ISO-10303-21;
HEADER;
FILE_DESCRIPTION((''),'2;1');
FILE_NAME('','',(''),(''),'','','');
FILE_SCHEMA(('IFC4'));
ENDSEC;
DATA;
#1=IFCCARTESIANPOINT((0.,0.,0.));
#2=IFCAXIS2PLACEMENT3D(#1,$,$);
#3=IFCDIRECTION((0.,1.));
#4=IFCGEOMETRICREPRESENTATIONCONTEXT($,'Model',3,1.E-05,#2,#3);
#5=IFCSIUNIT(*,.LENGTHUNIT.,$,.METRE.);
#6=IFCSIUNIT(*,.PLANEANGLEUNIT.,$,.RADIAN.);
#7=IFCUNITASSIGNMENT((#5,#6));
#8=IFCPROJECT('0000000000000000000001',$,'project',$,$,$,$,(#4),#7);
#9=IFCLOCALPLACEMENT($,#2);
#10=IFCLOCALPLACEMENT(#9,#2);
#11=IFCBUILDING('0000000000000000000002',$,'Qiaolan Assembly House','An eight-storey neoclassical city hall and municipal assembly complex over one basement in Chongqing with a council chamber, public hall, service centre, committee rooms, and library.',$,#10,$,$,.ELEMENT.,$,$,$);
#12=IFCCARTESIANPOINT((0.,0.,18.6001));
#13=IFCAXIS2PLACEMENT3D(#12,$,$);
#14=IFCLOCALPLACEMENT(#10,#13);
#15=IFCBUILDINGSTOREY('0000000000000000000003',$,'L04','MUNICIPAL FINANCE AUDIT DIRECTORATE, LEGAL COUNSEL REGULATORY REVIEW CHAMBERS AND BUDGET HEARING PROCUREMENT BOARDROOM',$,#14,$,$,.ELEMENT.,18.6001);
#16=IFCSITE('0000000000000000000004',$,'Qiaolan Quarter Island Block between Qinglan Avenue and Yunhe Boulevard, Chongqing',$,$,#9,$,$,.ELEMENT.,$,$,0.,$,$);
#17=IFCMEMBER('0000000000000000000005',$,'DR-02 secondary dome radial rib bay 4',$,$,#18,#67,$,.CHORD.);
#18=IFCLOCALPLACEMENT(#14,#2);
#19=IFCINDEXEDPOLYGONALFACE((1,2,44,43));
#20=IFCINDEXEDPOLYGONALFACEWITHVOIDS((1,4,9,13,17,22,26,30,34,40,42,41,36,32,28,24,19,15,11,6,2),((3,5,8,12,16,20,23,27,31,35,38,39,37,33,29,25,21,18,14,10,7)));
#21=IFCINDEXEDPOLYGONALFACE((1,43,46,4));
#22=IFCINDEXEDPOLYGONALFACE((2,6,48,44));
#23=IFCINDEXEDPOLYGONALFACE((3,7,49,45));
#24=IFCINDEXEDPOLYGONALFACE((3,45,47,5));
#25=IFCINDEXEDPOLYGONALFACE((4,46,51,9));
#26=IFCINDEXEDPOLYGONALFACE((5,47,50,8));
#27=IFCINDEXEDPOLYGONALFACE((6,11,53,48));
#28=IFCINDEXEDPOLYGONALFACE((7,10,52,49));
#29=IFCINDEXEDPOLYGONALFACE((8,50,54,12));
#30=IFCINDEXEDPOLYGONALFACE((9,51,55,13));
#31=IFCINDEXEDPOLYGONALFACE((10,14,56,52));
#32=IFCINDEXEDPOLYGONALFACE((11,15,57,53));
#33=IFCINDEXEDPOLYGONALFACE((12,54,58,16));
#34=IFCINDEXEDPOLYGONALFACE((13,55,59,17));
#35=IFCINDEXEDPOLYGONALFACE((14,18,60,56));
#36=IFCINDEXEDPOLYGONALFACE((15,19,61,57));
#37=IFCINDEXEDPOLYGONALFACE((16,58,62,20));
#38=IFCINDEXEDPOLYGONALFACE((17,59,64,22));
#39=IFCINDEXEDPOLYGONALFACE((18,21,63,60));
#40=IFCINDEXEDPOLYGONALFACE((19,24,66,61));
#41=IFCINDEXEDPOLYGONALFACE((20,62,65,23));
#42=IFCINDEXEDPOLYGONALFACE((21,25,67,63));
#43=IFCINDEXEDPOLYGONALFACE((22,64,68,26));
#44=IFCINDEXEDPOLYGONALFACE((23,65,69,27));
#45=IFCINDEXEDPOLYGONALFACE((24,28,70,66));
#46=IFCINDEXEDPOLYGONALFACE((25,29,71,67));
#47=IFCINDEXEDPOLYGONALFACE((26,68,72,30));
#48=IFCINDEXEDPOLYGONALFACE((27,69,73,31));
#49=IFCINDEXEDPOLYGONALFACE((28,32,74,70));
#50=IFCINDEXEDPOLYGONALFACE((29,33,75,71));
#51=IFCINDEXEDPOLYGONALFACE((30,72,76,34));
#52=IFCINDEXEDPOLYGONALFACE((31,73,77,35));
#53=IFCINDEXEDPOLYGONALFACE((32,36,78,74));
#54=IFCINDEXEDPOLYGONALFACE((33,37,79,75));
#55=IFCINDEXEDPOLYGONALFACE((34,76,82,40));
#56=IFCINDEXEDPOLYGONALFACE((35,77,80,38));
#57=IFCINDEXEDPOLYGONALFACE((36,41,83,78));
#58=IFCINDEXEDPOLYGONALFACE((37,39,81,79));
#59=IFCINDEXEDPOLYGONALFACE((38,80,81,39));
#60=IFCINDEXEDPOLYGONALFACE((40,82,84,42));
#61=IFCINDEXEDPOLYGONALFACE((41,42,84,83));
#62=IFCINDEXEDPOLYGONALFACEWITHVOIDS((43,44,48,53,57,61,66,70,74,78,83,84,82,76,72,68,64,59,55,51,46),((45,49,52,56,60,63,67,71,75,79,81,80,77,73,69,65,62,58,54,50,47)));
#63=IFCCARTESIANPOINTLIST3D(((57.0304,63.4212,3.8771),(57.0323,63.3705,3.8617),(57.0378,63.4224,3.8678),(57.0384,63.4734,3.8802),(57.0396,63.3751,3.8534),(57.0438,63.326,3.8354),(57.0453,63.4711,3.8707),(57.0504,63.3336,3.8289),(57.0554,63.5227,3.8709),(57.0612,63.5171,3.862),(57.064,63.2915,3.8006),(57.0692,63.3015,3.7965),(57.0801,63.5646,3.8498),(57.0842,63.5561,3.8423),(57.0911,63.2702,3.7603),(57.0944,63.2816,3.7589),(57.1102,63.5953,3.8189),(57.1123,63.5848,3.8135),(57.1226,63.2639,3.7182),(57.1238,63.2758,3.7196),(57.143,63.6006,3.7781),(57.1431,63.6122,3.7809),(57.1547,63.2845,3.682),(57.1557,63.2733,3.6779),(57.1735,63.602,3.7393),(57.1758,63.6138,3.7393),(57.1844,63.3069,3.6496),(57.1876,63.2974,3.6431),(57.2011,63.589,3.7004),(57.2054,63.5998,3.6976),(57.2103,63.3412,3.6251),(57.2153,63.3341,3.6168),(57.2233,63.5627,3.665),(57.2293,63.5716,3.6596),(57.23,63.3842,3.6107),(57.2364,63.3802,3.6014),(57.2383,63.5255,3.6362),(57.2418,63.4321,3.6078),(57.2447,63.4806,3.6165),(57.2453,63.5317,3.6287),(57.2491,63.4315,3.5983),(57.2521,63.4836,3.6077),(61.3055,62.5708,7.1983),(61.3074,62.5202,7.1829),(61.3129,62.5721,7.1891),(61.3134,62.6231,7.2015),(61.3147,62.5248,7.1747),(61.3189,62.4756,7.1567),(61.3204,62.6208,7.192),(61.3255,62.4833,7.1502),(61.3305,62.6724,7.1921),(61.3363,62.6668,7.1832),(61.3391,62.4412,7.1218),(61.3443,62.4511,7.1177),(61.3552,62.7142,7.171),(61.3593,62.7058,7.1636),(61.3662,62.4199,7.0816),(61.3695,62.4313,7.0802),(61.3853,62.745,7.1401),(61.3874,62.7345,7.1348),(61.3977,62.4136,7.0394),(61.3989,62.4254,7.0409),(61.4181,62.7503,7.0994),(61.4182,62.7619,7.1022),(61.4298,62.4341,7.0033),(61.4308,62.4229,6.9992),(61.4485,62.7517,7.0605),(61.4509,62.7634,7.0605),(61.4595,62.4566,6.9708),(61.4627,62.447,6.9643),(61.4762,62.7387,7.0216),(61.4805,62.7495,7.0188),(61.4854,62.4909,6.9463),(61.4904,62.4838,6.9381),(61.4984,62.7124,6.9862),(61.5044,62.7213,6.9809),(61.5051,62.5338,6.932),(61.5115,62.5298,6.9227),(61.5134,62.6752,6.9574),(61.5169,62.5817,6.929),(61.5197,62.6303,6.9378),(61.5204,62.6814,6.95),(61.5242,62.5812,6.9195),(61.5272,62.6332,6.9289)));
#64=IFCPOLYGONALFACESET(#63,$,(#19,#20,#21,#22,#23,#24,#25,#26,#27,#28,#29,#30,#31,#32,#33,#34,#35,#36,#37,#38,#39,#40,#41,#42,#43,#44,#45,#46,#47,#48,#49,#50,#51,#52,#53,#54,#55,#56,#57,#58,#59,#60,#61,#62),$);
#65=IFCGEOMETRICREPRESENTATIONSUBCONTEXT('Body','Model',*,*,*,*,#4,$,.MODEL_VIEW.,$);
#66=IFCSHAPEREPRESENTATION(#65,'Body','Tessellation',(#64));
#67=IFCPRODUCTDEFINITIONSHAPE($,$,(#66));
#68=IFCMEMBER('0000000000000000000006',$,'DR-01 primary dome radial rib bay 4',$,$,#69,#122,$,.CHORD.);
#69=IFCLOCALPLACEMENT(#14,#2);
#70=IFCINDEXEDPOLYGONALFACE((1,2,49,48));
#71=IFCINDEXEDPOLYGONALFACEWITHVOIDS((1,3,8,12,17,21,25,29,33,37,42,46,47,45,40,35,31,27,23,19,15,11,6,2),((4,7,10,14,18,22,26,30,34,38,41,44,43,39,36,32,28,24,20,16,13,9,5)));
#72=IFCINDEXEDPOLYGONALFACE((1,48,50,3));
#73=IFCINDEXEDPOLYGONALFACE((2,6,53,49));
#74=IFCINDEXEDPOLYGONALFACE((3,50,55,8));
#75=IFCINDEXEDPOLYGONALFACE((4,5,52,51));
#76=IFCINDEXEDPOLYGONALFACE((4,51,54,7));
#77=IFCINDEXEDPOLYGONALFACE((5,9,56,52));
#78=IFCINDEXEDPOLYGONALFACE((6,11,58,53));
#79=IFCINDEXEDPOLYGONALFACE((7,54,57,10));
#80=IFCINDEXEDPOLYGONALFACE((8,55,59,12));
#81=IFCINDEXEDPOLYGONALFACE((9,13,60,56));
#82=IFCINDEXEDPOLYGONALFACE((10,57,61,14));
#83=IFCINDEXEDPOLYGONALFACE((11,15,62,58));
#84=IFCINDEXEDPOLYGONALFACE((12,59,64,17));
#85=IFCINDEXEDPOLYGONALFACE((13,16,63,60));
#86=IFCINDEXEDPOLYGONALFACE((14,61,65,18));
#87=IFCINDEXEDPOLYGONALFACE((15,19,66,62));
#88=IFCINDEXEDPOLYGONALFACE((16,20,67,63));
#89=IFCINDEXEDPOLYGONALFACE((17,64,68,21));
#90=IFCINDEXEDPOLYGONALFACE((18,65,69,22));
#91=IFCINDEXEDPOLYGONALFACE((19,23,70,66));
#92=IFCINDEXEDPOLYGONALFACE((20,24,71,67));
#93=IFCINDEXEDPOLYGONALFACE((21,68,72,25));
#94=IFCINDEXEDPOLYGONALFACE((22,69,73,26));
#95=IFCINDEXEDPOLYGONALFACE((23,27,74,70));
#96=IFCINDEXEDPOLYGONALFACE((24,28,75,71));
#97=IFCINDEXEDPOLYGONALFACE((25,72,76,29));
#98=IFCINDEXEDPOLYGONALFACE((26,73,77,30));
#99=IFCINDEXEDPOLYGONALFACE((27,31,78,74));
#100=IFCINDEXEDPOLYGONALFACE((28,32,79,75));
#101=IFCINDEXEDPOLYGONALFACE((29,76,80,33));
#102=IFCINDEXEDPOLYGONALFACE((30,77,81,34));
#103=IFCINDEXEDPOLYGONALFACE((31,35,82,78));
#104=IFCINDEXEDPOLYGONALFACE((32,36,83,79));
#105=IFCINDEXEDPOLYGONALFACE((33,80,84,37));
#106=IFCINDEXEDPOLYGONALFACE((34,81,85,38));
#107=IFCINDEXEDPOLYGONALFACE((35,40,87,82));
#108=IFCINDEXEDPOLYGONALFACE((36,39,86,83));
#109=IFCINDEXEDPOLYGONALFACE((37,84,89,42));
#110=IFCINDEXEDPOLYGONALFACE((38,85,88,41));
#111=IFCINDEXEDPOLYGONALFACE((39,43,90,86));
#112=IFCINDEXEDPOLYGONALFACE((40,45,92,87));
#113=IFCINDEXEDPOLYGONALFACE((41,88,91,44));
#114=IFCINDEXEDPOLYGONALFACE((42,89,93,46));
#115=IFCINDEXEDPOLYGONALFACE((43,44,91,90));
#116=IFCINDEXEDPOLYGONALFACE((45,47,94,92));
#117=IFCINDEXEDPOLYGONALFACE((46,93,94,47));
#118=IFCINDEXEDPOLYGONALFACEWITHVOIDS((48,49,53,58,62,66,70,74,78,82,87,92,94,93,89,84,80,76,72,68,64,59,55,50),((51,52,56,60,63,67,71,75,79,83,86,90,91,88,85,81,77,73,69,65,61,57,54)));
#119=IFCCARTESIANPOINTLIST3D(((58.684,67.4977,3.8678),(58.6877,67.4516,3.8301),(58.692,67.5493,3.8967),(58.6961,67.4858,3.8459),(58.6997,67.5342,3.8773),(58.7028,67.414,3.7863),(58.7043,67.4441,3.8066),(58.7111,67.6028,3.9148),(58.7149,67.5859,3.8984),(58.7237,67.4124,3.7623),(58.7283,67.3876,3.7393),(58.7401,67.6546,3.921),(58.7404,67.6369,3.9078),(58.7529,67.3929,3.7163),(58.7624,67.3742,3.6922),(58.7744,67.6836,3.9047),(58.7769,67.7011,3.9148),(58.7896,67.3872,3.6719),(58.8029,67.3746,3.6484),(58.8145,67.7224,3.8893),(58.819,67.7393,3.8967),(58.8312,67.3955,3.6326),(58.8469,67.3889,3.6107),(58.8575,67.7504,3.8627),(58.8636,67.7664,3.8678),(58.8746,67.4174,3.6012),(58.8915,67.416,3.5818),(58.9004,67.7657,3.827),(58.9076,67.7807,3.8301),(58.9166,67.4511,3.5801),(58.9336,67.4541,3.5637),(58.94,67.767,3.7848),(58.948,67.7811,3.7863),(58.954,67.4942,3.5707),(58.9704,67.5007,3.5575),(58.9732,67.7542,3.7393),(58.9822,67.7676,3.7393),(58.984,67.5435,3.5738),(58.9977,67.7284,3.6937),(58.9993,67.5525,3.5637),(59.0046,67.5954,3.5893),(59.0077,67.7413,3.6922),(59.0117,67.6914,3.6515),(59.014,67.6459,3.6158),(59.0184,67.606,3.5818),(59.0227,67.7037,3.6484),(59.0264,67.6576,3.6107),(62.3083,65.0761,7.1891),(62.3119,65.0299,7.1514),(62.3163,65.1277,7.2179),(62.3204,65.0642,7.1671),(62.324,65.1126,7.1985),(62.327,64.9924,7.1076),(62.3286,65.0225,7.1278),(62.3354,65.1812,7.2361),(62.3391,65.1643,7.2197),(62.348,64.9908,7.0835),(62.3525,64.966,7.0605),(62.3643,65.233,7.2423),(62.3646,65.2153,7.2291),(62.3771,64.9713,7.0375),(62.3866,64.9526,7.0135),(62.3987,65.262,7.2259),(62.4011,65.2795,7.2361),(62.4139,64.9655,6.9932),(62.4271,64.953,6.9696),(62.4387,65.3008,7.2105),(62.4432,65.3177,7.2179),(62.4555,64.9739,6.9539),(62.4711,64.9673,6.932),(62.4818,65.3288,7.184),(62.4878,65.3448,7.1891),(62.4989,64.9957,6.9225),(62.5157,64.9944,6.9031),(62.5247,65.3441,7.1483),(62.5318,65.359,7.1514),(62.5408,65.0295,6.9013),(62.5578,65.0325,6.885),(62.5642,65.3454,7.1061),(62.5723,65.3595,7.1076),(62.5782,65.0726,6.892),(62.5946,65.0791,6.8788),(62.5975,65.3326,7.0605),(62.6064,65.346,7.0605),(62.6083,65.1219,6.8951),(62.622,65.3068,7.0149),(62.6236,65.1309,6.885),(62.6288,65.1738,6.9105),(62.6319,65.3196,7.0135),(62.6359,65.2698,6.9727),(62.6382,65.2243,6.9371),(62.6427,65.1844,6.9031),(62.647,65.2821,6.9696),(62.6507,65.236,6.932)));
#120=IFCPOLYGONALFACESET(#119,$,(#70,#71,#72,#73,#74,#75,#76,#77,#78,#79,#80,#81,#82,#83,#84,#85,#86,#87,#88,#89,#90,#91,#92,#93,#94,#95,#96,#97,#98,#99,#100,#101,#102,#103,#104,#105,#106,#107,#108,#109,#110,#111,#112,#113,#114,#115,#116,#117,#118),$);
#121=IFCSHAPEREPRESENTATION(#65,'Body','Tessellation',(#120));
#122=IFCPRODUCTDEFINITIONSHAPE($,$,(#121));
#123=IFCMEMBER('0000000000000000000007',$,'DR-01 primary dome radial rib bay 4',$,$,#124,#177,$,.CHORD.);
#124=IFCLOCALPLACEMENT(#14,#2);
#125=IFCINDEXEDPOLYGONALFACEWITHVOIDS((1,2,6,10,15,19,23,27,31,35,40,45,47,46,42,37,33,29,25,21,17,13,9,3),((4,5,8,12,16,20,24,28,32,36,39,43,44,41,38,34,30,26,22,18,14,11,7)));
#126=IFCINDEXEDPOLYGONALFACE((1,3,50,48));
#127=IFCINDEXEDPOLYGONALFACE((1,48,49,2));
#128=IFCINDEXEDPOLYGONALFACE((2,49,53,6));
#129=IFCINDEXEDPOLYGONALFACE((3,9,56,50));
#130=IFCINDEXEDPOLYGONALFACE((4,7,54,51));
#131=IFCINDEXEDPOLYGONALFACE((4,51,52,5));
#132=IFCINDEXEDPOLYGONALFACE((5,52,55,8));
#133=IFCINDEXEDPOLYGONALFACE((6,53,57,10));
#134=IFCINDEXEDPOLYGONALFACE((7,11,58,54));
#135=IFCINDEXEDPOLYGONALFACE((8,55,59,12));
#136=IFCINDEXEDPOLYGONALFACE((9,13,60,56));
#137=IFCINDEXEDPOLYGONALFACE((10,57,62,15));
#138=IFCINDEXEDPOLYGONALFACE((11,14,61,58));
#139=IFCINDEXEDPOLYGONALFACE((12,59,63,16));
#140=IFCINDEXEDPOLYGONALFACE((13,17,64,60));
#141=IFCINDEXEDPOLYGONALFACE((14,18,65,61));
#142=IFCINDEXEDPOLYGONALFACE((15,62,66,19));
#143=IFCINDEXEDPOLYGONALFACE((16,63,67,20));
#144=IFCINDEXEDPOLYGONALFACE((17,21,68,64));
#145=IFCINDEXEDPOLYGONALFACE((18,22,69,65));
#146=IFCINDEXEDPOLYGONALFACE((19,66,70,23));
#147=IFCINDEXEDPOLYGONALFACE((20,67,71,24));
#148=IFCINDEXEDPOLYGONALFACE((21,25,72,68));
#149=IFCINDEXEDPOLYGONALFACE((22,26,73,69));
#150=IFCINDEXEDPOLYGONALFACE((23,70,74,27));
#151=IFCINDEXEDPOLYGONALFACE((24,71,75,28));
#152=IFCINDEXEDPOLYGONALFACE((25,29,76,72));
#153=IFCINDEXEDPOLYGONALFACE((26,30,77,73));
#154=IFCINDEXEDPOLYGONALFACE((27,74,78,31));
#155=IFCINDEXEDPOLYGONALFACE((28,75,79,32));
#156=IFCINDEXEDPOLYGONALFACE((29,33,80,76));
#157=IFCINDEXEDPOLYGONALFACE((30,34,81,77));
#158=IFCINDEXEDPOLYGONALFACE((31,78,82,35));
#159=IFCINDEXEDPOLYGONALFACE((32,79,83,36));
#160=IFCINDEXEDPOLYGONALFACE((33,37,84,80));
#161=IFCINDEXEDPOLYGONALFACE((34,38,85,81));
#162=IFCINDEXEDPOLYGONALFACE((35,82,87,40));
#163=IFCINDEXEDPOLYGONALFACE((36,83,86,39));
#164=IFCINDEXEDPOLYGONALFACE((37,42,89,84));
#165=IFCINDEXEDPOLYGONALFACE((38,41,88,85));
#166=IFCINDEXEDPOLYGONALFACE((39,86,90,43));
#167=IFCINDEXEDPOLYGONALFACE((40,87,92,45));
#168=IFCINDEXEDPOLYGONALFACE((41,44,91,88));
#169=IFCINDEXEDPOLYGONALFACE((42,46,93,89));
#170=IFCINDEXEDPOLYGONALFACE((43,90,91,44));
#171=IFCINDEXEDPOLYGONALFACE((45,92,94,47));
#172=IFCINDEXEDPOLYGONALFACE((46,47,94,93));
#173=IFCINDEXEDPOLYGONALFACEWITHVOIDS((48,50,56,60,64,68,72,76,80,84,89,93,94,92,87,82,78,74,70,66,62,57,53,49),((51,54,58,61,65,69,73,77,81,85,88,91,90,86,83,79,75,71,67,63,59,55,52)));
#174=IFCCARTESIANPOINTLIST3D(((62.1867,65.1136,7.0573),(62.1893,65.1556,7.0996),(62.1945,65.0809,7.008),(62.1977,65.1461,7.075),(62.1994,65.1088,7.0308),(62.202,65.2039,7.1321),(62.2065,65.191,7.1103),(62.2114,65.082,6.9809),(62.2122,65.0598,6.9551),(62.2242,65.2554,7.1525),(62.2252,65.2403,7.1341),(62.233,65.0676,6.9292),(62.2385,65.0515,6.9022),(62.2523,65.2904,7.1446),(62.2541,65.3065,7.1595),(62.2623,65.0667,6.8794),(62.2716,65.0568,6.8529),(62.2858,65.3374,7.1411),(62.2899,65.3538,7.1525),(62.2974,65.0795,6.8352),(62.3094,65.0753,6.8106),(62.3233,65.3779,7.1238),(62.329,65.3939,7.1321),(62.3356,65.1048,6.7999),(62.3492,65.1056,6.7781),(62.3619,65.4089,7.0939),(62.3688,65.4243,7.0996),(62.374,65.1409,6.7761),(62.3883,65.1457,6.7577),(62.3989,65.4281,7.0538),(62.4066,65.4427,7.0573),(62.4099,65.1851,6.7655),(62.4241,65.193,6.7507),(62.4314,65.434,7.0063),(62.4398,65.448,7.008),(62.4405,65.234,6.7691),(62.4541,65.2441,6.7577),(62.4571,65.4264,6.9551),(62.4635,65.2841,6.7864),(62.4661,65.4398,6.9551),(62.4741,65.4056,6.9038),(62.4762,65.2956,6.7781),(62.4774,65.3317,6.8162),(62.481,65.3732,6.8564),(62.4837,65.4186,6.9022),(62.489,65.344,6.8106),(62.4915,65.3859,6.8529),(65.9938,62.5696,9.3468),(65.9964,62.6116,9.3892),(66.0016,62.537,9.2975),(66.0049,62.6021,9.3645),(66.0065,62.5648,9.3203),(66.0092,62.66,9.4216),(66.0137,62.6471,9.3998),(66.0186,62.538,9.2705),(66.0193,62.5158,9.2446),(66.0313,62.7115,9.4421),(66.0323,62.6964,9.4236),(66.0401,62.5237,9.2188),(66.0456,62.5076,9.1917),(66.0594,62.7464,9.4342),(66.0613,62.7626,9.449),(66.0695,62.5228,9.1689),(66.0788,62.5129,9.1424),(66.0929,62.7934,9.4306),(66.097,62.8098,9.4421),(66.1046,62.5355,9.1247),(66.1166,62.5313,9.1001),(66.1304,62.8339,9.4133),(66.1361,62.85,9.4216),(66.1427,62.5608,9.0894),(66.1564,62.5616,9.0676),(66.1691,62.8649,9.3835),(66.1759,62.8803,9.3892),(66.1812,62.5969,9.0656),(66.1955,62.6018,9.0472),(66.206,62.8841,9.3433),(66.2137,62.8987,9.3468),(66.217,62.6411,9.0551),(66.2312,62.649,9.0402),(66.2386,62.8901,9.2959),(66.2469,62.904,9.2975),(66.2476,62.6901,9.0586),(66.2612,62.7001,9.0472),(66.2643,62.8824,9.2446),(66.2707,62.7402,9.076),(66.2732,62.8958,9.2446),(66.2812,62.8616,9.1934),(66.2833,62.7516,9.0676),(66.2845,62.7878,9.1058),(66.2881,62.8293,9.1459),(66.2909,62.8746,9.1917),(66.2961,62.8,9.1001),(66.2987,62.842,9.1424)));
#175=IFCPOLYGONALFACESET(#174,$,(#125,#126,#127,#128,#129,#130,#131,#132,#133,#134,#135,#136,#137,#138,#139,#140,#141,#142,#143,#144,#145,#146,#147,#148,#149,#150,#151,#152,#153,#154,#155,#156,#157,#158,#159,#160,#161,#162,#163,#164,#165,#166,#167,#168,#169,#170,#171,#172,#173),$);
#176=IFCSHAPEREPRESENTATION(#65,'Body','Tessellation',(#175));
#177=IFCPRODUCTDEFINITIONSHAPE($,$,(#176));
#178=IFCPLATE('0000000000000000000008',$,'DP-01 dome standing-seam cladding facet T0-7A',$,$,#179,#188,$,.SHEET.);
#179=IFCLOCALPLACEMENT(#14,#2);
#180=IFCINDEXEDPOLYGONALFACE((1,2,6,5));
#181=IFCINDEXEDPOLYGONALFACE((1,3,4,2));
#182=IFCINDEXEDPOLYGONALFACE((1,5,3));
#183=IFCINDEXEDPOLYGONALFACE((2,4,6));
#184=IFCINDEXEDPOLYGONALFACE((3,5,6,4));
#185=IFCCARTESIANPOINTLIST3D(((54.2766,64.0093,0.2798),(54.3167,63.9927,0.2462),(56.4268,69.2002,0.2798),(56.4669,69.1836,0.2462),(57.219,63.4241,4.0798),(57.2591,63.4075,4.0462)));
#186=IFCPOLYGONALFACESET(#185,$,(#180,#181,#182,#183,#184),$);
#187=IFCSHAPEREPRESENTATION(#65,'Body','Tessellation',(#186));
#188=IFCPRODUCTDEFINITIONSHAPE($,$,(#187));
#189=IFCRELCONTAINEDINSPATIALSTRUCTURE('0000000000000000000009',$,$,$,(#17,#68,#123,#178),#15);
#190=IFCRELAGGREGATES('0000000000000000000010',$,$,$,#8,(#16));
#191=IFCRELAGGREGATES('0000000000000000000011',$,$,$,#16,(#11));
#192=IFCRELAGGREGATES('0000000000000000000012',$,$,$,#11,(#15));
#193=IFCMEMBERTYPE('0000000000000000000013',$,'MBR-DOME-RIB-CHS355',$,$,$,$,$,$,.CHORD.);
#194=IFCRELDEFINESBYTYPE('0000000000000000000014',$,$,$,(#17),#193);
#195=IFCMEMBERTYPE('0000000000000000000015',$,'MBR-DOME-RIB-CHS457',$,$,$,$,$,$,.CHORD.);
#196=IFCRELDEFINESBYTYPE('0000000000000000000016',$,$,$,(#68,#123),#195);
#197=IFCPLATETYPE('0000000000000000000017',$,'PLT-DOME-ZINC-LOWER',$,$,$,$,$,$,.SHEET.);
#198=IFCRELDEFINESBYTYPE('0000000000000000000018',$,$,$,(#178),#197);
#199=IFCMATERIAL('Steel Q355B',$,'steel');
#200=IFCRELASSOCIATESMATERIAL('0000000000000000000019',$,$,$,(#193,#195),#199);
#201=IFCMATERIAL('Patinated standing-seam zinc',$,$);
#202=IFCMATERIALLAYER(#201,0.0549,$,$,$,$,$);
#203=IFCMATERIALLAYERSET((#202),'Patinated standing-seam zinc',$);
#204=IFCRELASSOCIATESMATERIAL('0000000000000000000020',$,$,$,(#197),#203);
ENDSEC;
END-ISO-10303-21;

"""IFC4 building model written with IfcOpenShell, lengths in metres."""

from ifc_helpers import new_model, si_unit, direction, frame, origin, origin_2d, place, context, subcontext, project, spatial, polyline, hollow_circle, outline, extrude, material, layer, layer_set, material_profile, profile_set, type_object, element, save


model = new_model("IFC4")

# Units and contexts
model_context = context("Model", 3, precision=1e-05, world=origin(), true_north=direction((0.0, 1.0)))
body_context = subcontext(model_context, "Body", "Model", "MODEL_VIEW")
ifc_project = project(units=[si_unit("LENGTHUNIT", "METRE"), si_unit("PLANEANGLEUNIT", "RADIAN")], contexts=[model_context])

# Site, building, storey
site_placement = place(None, origin())
site = spatial("IfcSite", under=ifc_project, at=site_placement, Name="Qiaolan Quarter Island Block between Qinglan Avenue and Yunhe Boulevard, Chongqing", CompositionType="ELEMENT", RefElevation=0.0)
building_placement = place(site_placement, origin())
building = spatial("IfcBuilding", under=site, at=building_placement, Name="Qiaolan Assembly House", Description="An eight-storey neoclassical city hall and municipal assembly complex over one basement in Chongqing with a council chamber, public hall, service centre, committee rooms, and library.", CompositionType="ELEMENT")
storey_placement = place(building_placement, frame((0.0, 0.0, 18.6001)))
storey = spatial("IfcBuildingStorey", under=building, at=storey_placement, Name="L04", Description="MUNICIPAL FINANCE AUDIT DIRECTORATE, LEGAL COUNSEL REGULATORY REVIEW CHAMBERS AND BUDGET HEARING PROCUREMENT BOARDROOM", CompositionType="ELEMENT", Elevation=18.6001)

# Shared definitions
ifc_material_1 = material(Name="Steel Q355B", Category="steel")

# Members
ifc_material_profile_1 = material_profile(ifc_material_1, hollow_circle(Radius=0.1777, WallThickness=0.012, at=origin_2d()), Name="CHS 355.6x12")
ifc_profile_set_1 = profile_set([ifc_material_profile_1], Name="Steel Q355B")
member_type_1 = type_object("IfcMemberType", Name="MBR-DOME-RIB-CHS355", PredefinedType="CHORD", material=ifc_profile_set_1)
member_1_placement = place(storey_placement, frame((57.1411, 63.4395, 3.7393), z_axis=(0.780129, -0.155171, 0.606069), x_axis=(0.195082, 0.980787, 0.0)))
element("IfcMember", 1, at=member_1_placement, inside=storey, type_object=member_type_1, Name="DR-02 secondary dome radial rib bay 4", PredefinedType="CHORD", context=body_context, shape_type="SweptSolid", body=[
    extrude(hollow_circle(Radius=0.1777, WallThickness=0.012, at=origin_2d()), origin(), (0.0, 0.0, 1.0), 5.48),
])
ifc_material_profile_2 = material_profile(ifc_material_1, hollow_circle(Radius=0.2285, WallThickness=0.0161, at=origin_2d()), Name="CHS 457x16")
ifc_profile_set_2 = profile_set([ifc_material_profile_2], Name="Steel Q355B")
member_type_2 = type_object("IfcMemberType", Name="MBR-DOME-RIB-CHS457", PredefinedType="CHORD", material=ifc_profile_set_2)
member_2_placement = place(storey_placement, frame((58.8552, 67.5776, 3.7393), z_axis=(0.661361, -0.441902, 0.606073), x_axis=(0.555566, 0.831473, 0.0)))
element("IfcMember", 2, at=member_2_placement, inside=storey, type_object=member_type_2, Name="DR-01 primary dome radial rib bay 4", PredefinedType="CHORD", context=body_context, shape_type="SweptSolid", body=[
    extrude(hollow_circle(Radius=0.2285, WallThickness=0.0161, at=origin_2d()), origin(), (0.0, 0.0, 1.0), 5.48),
])
member_3_placement = place(storey_placement, frame((62.3391, 65.2498, 6.9551), z_axis=(0.743672, -0.496926, 0.447233), x_axis=(0.555586, 0.831459, 0.0)))
element("IfcMember", 3, at=member_3_placement, inside=storey, type_object=member_type_2, Name="DR-01 primary dome radial rib bay 4", PredefinedType="CHORD", context=body_context, shape_type="SweptSolid", body=[
    extrude(hollow_circle(Radius=0.2285, WallThickness=0.0161, at=origin_2d()), origin(), (0.0, 0.0, 1.0), 5.1194),
])

# Plate
ifc_material_2 = material(Name="Patinated standing-seam zinc")
ifc_layer_1 = layer(ifc_material_2, 0.0549)
ifc_layer_set_1 = layer_set([ifc_layer_1], Name="Patinated standing-seam zinc")
plate_type_1 = type_object("IfcPlateType", Name="PLT-DOME-ZINC-LOWER", PredefinedType="SHEET", material=ifc_layer_set_1)
plate_1_placement = place(storey_placement, frame((56.4268, 69.2002, 0.2798), z_axis=(-0.730498, 0.302582, 0.612223), x_axis=(-0.382683, -0.92388, 0.0)))
element("IfcPlate", 4, at=plate_1_placement, inside=storey, type_object=plate_type_1, Name="DP-01 dome standing-seam cladding facet T0-7A", PredefinedType="SHEET", context=body_context, shape_type="SweptSolid", body=[
    extrude(outline(polyline([(0.0, 0.0), (5.6186, 0.0), (5.0333, 4.806), (0.0, 0.0)])), origin(), (0.0, 0.0, -1.0), 0.0549),
])

save(model, "model.ifc")
